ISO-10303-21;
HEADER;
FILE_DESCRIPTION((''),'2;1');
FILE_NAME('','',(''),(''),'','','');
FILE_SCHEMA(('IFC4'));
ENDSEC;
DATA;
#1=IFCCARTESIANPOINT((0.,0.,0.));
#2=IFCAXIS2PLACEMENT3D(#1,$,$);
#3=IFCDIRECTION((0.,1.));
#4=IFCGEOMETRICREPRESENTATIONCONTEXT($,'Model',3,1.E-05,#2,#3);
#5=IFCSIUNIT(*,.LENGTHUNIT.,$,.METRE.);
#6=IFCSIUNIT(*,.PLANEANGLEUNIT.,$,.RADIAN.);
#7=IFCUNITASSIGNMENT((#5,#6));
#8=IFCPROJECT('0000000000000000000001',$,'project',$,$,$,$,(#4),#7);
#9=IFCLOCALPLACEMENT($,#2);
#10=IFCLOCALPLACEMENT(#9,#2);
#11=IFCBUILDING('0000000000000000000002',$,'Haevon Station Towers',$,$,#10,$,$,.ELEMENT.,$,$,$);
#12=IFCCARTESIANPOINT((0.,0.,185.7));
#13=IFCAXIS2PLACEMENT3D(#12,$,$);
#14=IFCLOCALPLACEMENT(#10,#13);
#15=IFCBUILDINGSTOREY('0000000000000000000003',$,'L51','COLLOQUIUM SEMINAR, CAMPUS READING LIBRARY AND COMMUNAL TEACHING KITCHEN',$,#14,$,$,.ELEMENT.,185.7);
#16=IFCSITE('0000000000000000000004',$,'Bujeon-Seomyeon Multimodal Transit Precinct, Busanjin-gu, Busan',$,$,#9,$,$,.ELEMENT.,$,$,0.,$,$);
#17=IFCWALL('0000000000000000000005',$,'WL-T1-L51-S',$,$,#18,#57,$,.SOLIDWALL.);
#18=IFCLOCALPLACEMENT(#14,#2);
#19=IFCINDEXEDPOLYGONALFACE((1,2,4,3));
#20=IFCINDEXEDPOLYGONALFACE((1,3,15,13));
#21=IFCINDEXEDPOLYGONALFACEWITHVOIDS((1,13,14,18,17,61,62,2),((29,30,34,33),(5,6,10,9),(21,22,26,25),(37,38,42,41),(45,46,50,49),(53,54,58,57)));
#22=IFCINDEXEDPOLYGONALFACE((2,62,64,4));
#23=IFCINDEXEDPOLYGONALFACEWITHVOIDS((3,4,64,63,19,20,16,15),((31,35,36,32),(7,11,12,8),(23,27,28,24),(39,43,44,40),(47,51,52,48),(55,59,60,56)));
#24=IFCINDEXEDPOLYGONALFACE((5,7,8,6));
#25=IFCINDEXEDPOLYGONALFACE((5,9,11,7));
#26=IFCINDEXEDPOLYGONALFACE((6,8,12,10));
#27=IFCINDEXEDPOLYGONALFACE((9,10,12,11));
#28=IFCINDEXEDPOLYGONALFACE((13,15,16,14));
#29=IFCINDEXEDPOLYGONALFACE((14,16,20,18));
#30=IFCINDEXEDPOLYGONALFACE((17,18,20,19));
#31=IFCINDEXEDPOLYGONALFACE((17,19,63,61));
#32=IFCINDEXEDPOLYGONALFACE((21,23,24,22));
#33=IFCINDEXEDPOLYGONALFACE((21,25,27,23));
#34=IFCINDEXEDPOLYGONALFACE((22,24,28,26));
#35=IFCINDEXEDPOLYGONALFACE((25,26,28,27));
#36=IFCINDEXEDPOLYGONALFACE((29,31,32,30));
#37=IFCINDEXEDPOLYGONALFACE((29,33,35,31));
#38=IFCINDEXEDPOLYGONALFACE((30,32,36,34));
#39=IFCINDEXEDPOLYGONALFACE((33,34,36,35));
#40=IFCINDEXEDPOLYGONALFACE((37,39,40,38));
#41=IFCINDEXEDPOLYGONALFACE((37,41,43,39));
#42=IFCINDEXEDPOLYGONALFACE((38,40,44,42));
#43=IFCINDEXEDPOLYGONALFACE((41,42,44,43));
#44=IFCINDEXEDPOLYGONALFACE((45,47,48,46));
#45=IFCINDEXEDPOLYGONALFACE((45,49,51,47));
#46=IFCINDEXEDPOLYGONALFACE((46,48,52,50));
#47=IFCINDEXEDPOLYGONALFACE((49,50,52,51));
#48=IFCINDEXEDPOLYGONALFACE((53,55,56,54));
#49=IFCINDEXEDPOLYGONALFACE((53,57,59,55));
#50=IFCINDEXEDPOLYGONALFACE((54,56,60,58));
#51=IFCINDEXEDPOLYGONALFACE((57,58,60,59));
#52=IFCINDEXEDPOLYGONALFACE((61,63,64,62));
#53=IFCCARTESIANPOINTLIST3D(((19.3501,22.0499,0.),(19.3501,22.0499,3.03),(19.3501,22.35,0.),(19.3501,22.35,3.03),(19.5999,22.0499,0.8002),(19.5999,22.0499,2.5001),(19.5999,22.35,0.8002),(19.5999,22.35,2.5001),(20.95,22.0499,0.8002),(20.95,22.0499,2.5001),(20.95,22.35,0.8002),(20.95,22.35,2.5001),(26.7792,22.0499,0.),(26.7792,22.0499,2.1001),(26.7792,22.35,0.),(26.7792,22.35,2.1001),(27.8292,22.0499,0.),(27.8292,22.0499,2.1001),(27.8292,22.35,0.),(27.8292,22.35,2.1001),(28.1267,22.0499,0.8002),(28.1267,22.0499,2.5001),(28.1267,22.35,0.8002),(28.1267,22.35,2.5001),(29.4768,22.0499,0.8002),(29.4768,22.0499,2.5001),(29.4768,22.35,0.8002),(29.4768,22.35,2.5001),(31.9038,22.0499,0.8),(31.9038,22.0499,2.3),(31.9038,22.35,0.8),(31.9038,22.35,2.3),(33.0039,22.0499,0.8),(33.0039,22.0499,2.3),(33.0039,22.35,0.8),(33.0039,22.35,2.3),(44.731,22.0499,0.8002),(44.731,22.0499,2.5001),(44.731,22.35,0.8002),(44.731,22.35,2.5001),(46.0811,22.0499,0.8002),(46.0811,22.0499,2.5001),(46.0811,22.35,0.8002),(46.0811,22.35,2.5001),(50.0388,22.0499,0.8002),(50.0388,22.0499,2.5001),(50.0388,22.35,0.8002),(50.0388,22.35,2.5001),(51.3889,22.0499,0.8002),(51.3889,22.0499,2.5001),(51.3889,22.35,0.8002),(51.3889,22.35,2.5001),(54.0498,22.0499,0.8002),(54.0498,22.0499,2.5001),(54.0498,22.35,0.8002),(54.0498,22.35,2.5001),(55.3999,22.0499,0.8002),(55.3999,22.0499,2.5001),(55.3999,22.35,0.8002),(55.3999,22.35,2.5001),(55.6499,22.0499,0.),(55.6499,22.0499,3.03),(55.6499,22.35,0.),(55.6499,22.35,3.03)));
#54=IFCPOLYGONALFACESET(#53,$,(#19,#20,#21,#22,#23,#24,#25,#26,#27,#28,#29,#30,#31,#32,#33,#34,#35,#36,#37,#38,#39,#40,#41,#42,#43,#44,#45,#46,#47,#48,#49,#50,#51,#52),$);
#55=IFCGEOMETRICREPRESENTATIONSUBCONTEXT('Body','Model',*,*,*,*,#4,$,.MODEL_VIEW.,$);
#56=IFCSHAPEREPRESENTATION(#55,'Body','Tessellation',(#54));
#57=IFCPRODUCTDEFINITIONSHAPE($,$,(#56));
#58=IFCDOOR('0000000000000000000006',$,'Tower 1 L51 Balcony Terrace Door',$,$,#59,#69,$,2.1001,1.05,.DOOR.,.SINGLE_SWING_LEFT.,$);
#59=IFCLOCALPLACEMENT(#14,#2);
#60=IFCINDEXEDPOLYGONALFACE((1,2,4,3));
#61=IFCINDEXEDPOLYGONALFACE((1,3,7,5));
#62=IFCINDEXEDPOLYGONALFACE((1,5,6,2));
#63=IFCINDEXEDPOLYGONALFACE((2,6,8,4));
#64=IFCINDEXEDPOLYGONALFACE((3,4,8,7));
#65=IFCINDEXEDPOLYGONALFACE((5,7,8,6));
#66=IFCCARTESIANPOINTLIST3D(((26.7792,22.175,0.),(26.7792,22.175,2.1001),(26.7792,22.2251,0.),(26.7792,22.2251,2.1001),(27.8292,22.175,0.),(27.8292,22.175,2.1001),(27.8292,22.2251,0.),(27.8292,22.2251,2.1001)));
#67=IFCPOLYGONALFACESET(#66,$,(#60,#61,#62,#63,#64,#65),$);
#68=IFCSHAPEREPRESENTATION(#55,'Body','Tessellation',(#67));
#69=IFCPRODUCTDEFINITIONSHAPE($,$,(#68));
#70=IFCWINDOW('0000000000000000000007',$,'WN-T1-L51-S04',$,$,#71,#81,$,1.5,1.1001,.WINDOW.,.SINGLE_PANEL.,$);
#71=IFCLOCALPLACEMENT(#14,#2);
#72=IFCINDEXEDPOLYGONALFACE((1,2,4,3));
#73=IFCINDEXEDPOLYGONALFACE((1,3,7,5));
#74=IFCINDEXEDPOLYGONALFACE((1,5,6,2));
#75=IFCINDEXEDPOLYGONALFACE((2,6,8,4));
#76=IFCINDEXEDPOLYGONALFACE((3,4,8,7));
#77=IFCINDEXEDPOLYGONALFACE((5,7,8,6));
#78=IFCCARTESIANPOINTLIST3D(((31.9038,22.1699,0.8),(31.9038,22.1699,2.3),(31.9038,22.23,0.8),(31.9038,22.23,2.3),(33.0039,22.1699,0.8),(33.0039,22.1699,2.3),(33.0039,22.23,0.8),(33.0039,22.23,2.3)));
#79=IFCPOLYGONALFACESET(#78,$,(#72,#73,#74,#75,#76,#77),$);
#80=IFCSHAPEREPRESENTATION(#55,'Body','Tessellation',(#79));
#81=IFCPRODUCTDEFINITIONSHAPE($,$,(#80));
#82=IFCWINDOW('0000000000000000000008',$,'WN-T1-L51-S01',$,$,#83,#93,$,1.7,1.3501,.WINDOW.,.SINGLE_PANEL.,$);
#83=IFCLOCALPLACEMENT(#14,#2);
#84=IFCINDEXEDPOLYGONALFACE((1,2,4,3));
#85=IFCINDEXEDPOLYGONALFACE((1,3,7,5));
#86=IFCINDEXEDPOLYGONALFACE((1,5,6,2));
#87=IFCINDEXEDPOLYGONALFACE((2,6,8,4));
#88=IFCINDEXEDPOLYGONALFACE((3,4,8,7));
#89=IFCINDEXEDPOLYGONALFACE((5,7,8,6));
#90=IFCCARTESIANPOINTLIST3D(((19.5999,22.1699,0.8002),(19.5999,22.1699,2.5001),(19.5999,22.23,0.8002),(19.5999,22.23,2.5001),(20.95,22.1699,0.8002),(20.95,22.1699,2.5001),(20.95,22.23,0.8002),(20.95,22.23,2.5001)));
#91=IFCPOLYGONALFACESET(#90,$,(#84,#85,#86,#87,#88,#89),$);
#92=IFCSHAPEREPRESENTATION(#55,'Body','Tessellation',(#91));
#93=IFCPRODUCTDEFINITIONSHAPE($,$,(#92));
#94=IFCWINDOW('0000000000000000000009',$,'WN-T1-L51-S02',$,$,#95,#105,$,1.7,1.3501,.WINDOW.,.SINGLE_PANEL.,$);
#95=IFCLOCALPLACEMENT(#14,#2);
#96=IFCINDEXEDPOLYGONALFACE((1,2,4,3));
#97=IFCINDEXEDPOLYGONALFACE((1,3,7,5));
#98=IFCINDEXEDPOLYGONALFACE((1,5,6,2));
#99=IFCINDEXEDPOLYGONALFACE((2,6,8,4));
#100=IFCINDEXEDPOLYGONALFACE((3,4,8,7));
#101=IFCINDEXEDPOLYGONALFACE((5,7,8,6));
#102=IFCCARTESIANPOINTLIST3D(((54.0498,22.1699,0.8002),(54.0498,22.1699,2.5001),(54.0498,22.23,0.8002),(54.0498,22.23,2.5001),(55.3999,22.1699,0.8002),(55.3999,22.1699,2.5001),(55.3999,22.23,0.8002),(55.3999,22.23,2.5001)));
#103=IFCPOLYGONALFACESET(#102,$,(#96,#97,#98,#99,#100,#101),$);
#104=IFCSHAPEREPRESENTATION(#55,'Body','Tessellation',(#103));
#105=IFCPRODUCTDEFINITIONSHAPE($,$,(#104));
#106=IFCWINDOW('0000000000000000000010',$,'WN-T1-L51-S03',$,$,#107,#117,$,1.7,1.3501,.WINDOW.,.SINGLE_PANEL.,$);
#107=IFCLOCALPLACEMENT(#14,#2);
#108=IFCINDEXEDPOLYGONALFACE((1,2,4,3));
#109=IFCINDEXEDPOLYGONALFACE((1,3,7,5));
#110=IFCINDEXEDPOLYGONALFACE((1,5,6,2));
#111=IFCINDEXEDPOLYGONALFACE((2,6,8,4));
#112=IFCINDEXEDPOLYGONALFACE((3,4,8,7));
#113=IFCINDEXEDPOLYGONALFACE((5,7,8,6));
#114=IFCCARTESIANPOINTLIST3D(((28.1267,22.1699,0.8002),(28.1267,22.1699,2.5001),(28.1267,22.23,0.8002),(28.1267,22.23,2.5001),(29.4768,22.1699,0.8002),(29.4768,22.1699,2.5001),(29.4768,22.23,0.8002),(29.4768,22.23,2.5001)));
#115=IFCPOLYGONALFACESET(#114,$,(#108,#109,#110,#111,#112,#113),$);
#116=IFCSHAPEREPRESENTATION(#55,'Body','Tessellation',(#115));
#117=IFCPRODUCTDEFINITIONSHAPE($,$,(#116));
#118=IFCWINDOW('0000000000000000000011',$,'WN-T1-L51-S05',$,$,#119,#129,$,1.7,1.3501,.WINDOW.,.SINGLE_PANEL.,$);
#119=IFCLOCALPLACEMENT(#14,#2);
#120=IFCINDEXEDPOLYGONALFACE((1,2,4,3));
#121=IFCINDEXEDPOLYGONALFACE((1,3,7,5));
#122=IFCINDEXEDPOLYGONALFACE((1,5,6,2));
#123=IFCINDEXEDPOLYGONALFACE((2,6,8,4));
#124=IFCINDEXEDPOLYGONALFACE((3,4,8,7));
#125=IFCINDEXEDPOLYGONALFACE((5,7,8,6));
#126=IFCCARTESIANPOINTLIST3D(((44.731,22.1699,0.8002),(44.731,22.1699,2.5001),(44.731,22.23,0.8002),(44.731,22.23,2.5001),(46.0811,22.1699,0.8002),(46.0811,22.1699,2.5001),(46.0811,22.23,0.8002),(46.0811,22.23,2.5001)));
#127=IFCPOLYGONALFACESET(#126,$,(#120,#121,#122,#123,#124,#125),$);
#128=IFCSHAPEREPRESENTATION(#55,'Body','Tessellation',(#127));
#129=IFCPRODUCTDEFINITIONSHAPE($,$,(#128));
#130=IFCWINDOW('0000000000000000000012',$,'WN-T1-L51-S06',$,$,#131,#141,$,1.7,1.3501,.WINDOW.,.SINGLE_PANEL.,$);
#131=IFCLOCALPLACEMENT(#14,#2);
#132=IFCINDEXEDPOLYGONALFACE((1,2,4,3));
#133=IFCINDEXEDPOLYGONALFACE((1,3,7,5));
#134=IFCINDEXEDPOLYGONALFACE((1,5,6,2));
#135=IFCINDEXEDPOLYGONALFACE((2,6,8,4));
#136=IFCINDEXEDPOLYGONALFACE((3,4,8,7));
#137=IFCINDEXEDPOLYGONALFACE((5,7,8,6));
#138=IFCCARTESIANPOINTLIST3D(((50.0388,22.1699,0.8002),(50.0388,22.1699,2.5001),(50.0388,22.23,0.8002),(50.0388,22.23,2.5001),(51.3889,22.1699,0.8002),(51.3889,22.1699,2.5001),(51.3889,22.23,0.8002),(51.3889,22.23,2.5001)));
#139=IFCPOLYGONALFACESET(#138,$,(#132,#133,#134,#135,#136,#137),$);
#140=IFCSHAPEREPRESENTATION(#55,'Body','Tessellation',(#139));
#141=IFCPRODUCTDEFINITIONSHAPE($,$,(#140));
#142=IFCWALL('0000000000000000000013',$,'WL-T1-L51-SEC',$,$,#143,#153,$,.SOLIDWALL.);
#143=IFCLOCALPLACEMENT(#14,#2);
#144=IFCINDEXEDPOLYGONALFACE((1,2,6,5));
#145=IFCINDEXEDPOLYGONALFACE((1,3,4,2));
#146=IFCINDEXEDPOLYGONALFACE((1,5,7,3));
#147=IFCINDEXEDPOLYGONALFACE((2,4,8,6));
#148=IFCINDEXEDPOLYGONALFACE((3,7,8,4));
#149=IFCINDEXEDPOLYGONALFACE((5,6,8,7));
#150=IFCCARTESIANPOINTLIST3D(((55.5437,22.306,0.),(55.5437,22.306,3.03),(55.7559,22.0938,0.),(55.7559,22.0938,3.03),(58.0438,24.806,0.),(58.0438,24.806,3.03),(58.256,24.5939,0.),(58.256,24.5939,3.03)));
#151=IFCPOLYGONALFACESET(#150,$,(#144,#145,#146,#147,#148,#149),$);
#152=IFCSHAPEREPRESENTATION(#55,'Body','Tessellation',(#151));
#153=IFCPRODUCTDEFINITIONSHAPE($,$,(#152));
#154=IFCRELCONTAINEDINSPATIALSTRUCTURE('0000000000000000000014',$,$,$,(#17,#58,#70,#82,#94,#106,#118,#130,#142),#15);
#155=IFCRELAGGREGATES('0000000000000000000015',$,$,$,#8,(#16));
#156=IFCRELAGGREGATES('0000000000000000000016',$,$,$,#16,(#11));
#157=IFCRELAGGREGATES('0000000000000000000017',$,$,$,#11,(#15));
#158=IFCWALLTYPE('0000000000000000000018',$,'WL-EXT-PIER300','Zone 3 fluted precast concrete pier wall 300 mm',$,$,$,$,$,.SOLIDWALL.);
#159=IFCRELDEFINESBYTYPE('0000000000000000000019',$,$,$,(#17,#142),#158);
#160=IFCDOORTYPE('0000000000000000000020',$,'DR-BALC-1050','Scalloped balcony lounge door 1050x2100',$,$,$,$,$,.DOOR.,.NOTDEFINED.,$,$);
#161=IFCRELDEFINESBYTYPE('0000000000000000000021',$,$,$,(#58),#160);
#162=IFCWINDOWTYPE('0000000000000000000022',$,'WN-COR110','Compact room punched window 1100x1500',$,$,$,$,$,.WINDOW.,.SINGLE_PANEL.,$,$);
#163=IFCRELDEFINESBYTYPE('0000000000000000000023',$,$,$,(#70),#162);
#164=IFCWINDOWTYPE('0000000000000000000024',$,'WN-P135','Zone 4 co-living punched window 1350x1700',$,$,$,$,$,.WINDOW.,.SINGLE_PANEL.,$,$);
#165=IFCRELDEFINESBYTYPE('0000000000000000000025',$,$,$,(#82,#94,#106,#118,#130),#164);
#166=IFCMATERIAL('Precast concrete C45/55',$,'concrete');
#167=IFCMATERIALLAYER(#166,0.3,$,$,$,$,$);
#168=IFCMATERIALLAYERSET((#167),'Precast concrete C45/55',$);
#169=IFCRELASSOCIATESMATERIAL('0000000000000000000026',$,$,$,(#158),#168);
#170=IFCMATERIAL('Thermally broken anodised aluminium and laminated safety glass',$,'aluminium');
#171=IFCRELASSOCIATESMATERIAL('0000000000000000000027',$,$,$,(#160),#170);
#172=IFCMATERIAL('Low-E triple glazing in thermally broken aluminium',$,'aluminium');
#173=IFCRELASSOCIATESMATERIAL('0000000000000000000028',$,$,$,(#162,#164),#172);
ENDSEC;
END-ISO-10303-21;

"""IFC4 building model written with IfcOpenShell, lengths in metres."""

from ifc_helpers import new_model, si_unit, direction, frame, frame_2d, origin, place, context, subcontext, project, spatial, rectangle, extrude, material, layer, layer_set, type_object, element, fill, save


model = new_model("IFC4")

# Units and contexts
model_context = context("Model", 3, precision=1e-05, world=origin(), true_north=direction((0.0, 1.0)))
body_context = subcontext(model_context, "Body", "Model", "MODEL_VIEW")
ifc_project = project(units=[si_unit("LENGTHUNIT", "METRE"), si_unit("PLANEANGLEUNIT", "RADIAN")], contexts=[model_context])

# Site, building, storey
site_placement = place(None, origin())
site = spatial("IfcSite", under=ifc_project, at=site_placement, Name="Bujeon-Seomyeon Multimodal Transit Precinct, Busanjin-gu, Busan", CompositionType="ELEMENT", RefElevation=0.0)
building_placement = place(site_placement, origin())
building = spatial("IfcBuilding", under=site, at=building_placement, Name="Haevon Station Towers", CompositionType="ELEMENT")
storey_placement = place(building_placement, frame((0.0, 0.0, 185.7)))
storey = spatial("IfcBuildingStorey", under=building, at=storey_placement, Name="L51", Description="COLLOQUIUM SEMINAR, CAMPUS READING LIBRARY AND COMMUNAL TEACHING KITCHEN", CompositionType="ELEMENT", Elevation=185.7)

# Wall, openings, door, windows
ifc_material_1 = material(Name="Precast concrete C45/55", Category="concrete")
ifc_layer_1 = layer(ifc_material_1, 0.3)
ifc_layer_set_1 = layer_set([ifc_layer_1], Name="Precast concrete C45/55")
wall_type_1 = type_object("IfcWallType", Name="WL-EXT-PIER300", Description="Zone 3 fluted precast concrete pier wall 300 mm", PredefinedType="SOLIDWALL", material=ifc_layer_set_1)
wall_1_placement = place(storey_placement, frame((55.6499, 22.2, 0.0), z_axis=(0.0, 0.0, 1.0), x_axis=(-1.0, 0.0, 0.0)))
wall_1 = element("IfcWall", 1, at=wall_1_placement, inside=storey, type_object=wall_type_1, Name="WL-T1-L51-S", PredefinedType="SOLIDWALL", context=body_context, shape_type="SweptSolid", body=[
    extrude(rectangle(XDim=36.2998, YDim=0.3, at=frame_2d((18.1499, 0.0))), origin(), (0.0, 0.0, 1.0), 3.03),
])
opening_1_placement = place(wall_1_placement, frame((27.8208, 0.0, 0.0)))
opening_1 = element("IfcOpeningElement", 2, at=opening_1_placement, cuts=wall_1, PredefinedType="OPENING", context=body_context, shape_type="SweptSolid", body=[
    extrude(rectangle(XDim=1.05, YDim=2.1001, at=frame_2d((0.5249, 1.05))), frame((0.0, 0.1599, 0.0), z_axis=(0.0, -1.0, 0.0), x_axis=(1.0, 0.0, 0.0)), (0.0, 0.0, 1.0), 0.3201),
])
opening_2_placement = place(wall_1_placement, frame((34.7, 0.0, 0.8)))
opening_2 = element("IfcOpeningElement", 3, at=opening_2_placement, cuts=wall_1, PredefinedType="OPENING", context=body_context, shape_type="SweptSolid", body=[
    extrude(rectangle(XDim=1.3501, YDim=1.7, at=frame_2d((0.675, 0.8501))), frame((0.0, 0.1599, 0.0), z_axis=(0.0, -1.0, 0.0), x_axis=(1.0, 0.0, 0.0)), (0.0, 0.0, 1.0), 0.3201),
])
opening_3_placement = place(wall_1_placement, frame((0.25, 0.0, 0.8)))
opening_3 = element("IfcOpeningElement", 4, at=opening_3_placement, cuts=wall_1, PredefinedType="OPENING", context=body_context, shape_type="SweptSolid", body=[
    extrude(rectangle(XDim=1.3501, YDim=1.7, at=frame_2d((0.675, 0.8501))), frame((0.0, 0.1599, 0.0), z_axis=(0.0, -1.0, 0.0), x_axis=(1.0, 0.0, 0.0)), (0.0, 0.0, 1.0), 0.3201),
])
opening_4_placement = place(wall_1_placement, frame((26.1731, 0.0, 0.8)))
opening_4 = element("IfcOpeningElement", 5, at=opening_4_placement, cuts=wall_1, PredefinedType="OPENING", context=body_context, shape_type="SweptSolid", body=[
    extrude(rectangle(XDim=1.3501, YDim=1.7, at=frame_2d((0.675, 0.8501))), frame((0.0, 0.1599, 0.0), z_axis=(0.0, -1.0, 0.0), x_axis=(1.0, 0.0, 0.0)), (0.0, 0.0, 1.0), 0.3201),
])
opening_5_placement = place(wall_1_placement, frame((22.646, 0.0, 0.8)))
opening_5 = element("IfcOpeningElement", 6, at=opening_5_placement, cuts=wall_1, PredefinedType="OPENING", context=body_context, shape_type="SweptSolid", body=[
    extrude(rectangle(XDim=1.1001, YDim=1.5, at=frame_2d((0.55, 0.75))), frame((0.0, 0.1599, 0.0), z_axis=(0.0, -1.0, 0.0), x_axis=(1.0, 0.0, 0.0)), (0.0, 0.0, 1.0), 0.3201),
])
opening_6_placement = place(wall_1_placement, frame((9.5688, 0.0, 0.8)))
opening_6 = element("IfcOpeningElement", 7, at=opening_6_placement, cuts=wall_1, PredefinedType="OPENING", context=body_context, shape_type="SweptSolid", body=[
    extrude(rectangle(XDim=1.3501, YDim=1.7, at=frame_2d((0.675, 0.8501))), frame((0.0, 0.1599, 0.0), z_axis=(0.0, -1.0, 0.0), x_axis=(1.0, 0.0, 0.0)), (0.0, 0.0, 1.0), 0.3201),
])
opening_7_placement = place(wall_1_placement, frame((4.261, 0.0, 0.8)))
opening_7 = element("IfcOpeningElement", 8, at=opening_7_placement, cuts=wall_1, PredefinedType="OPENING", context=body_context, shape_type="SweptSolid", body=[
    extrude(rectangle(XDim=1.3501, YDim=1.7, at=frame_2d((0.675, 0.8501))), frame((0.0, 0.1599, 0.0), z_axis=(0.0, -1.0, 0.0), x_axis=(1.0, 0.0, 0.0)), (0.0, 0.0, 1.0), 0.3201),
])
ifc_material_2 = material(Name="Thermally broken anodised aluminium and laminated safety glass", Category="aluminium")
door_type_1 = type_object("IfcDoorType", Name="DR-BALC-1050", Description="Scalloped balcony lounge door 1050x2100", OperationType="NOTDEFINED", PredefinedType="DOOR", material=ifc_material_2)
door_1_placement = place(opening_1_placement, origin())
door_1 = element("IfcDoor", 9, at=door_1_placement, inside=storey, type_object=door_type_1, Name="Tower 1 L51 Balcony Terrace Door", OperationType="SINGLE_SWING_LEFT", OverallHeight=2.1001, OverallWidth=1.05, PredefinedType="DOOR", context=body_context, shape_type="SweptSolid", body=[
    extrude(rectangle(XDim=1.05, YDim=2.1001, at=frame_2d((0.5249, 1.05))), frame((0.0, 0.0249, 0.0), z_axis=(0.0, -1.0, 0.0), x_axis=(1.0, 0.0, 0.0)), (0.0, 0.0, 1.0), 0.05),
])
fill(opening_1, door_1)
ifc_material_3 = material(Name="Low-E triple glazing in thermally broken aluminium", Category="aluminium")
window_type_1 = type_object("IfcWindowType", Name="WN-COR110", Description="Compact room punched window 1100x1500", PartitioningType="SINGLE_PANEL", PredefinedType="WINDOW", material=ifc_material_3)
window_1_placement = place(opening_5_placement, origin())
window_1 = element("IfcWindow", 10, at=window_1_placement, inside=storey, type_object=window_type_1, Name="WN-T1-L51-S04", OverallHeight=1.5, OverallWidth=1.1001, PartitioningType="SINGLE_PANEL", PredefinedType="WINDOW", context=body_context, shape_type="SweptSolid", body=[
    extrude(rectangle(XDim=1.1001, YDim=1.5, at=frame_2d((0.55, 0.75))), frame((0.0, 0.03, 0.0), z_axis=(0.0, -1.0, 0.0), x_axis=(1.0, 0.0, 0.0)), (0.0, 0.0, 1.0), 0.0601),
])
fill(opening_5, window_1)
window_type_2 = type_object("IfcWindowType", Name="WN-P135", Description="Zone 4 co-living punched window 1350x1700", PartitioningType="SINGLE_PANEL", PredefinedType="WINDOW", material=ifc_material_3)
window_2_placement = place(opening_2_placement, origin())
window_2 = element("IfcWindow", 11, at=window_2_placement, inside=storey, type_object=window_type_2, Name="WN-T1-L51-S01", OverallHeight=1.7, OverallWidth=1.3501, PartitioningType="SINGLE_PANEL", PredefinedType="WINDOW", context=body_context, shape_type="SweptSolid", body=[
    extrude(rectangle(XDim=1.3501, YDim=1.7, at=frame_2d((0.675, 0.8501))), frame((0.0, 0.03, 0.0), z_axis=(0.0, -1.0, 0.0), x_axis=(1.0, 0.0, 0.0)), (0.0, 0.0, 1.0), 0.0601),
])
fill(opening_2, window_2)
window_3_placement = place(opening_3_placement, origin())
window_3 = element("IfcWindow", 12, at=window_3_placement, inside=storey, type_object=window_type_2, Name="WN-T1-L51-S02", OverallHeight=1.7, OverallWidth=1.3501, PartitioningType="SINGLE_PANEL", PredefinedType="WINDOW", context=body_context, shape_type="SweptSolid", body=[
    extrude(rectangle(XDim=1.3501, YDim=1.7, at=frame_2d((0.675, 0.8501))), frame((0.0, 0.03, 0.0), z_axis=(0.0, -1.0, 0.0), x_axis=(1.0, 0.0, 0.0)), (0.0, 0.0, 1.0), 0.0601),
])
fill(opening_3, window_3)
window_4_placement = place(opening_4_placement, origin())
window_4 = element("IfcWindow", 13, at=window_4_placement, inside=storey, type_object=window_type_2, Name="WN-T1-L51-S03", OverallHeight=1.7, OverallWidth=1.3501, PartitioningType="SINGLE_PANEL", PredefinedType="WINDOW", context=body_context, shape_type="SweptSolid", body=[
    extrude(rectangle(XDim=1.3501, YDim=1.7, at=frame_2d((0.675, 0.8501))), frame((0.0, 0.03, 0.0), z_axis=(0.0, -1.0, 0.0), x_axis=(1.0, 0.0, 0.0)), (0.0, 0.0, 1.0), 0.0601),
])
fill(opening_4, window_4)
window_5_placement = place(opening_6_placement, origin())
window_5 = element("IfcWindow", 14, at=window_5_placement, inside=storey, type_object=window_type_2, Name="WN-T1-L51-S05", OverallHeight=1.7, OverallWidth=1.3501, PartitioningType="SINGLE_PANEL", PredefinedType="WINDOW", context=body_context, shape_type="SweptSolid", body=[
    extrude(rectangle(XDim=1.3501, YDim=1.7, at=frame_2d((0.675, 0.8501))), frame((0.0, 0.03, 0.0), z_axis=(0.0, -1.0, 0.0), x_axis=(1.0, 0.0, 0.0)), (0.0, 0.0, 1.0), 0.0601),
])
fill(opening_6, window_5)
window_6_placement = place(opening_7_placement, origin())
window_6 = element("IfcWindow", 15, at=window_6_placement, inside=storey, type_object=window_type_2, Name="WN-T1-L51-S06", OverallHeight=1.7, OverallWidth=1.3501, PartitioningType="SINGLE_PANEL", PredefinedType="WINDOW", context=body_context, shape_type="SweptSolid", body=[
    extrude(rectangle(XDim=1.3501, YDim=1.7, at=frame_2d((0.675, 0.8501))), frame((0.0, 0.03, 0.0), z_axis=(0.0, -1.0, 0.0), x_axis=(1.0, 0.0, 0.0)), (0.0, 0.0, 1.0), 0.0601),
])
fill(opening_7, window_6)

# Wall
wall_2_placement = place(storey_placement, frame((58.1499, 24.7, 0.0), z_axis=(0.0, 0.0, 1.0), x_axis=(-0.707107, -0.707107, 0.0)))
element("IfcWall", 16, at=wall_2_placement, inside=storey, type_object=wall_type_1, Name="WL-T1-L51-SEC", PredefinedType="SOLIDWALL", context=body_context, shape_type="SweptSolid", body=[
    extrude(rectangle(XDim=3.5356, YDim=0.3, at=frame_2d((1.7678, 0.0))), origin(), (0.0, 0.0, 1.0), 3.03),
])

save(model, "model.ifc")
